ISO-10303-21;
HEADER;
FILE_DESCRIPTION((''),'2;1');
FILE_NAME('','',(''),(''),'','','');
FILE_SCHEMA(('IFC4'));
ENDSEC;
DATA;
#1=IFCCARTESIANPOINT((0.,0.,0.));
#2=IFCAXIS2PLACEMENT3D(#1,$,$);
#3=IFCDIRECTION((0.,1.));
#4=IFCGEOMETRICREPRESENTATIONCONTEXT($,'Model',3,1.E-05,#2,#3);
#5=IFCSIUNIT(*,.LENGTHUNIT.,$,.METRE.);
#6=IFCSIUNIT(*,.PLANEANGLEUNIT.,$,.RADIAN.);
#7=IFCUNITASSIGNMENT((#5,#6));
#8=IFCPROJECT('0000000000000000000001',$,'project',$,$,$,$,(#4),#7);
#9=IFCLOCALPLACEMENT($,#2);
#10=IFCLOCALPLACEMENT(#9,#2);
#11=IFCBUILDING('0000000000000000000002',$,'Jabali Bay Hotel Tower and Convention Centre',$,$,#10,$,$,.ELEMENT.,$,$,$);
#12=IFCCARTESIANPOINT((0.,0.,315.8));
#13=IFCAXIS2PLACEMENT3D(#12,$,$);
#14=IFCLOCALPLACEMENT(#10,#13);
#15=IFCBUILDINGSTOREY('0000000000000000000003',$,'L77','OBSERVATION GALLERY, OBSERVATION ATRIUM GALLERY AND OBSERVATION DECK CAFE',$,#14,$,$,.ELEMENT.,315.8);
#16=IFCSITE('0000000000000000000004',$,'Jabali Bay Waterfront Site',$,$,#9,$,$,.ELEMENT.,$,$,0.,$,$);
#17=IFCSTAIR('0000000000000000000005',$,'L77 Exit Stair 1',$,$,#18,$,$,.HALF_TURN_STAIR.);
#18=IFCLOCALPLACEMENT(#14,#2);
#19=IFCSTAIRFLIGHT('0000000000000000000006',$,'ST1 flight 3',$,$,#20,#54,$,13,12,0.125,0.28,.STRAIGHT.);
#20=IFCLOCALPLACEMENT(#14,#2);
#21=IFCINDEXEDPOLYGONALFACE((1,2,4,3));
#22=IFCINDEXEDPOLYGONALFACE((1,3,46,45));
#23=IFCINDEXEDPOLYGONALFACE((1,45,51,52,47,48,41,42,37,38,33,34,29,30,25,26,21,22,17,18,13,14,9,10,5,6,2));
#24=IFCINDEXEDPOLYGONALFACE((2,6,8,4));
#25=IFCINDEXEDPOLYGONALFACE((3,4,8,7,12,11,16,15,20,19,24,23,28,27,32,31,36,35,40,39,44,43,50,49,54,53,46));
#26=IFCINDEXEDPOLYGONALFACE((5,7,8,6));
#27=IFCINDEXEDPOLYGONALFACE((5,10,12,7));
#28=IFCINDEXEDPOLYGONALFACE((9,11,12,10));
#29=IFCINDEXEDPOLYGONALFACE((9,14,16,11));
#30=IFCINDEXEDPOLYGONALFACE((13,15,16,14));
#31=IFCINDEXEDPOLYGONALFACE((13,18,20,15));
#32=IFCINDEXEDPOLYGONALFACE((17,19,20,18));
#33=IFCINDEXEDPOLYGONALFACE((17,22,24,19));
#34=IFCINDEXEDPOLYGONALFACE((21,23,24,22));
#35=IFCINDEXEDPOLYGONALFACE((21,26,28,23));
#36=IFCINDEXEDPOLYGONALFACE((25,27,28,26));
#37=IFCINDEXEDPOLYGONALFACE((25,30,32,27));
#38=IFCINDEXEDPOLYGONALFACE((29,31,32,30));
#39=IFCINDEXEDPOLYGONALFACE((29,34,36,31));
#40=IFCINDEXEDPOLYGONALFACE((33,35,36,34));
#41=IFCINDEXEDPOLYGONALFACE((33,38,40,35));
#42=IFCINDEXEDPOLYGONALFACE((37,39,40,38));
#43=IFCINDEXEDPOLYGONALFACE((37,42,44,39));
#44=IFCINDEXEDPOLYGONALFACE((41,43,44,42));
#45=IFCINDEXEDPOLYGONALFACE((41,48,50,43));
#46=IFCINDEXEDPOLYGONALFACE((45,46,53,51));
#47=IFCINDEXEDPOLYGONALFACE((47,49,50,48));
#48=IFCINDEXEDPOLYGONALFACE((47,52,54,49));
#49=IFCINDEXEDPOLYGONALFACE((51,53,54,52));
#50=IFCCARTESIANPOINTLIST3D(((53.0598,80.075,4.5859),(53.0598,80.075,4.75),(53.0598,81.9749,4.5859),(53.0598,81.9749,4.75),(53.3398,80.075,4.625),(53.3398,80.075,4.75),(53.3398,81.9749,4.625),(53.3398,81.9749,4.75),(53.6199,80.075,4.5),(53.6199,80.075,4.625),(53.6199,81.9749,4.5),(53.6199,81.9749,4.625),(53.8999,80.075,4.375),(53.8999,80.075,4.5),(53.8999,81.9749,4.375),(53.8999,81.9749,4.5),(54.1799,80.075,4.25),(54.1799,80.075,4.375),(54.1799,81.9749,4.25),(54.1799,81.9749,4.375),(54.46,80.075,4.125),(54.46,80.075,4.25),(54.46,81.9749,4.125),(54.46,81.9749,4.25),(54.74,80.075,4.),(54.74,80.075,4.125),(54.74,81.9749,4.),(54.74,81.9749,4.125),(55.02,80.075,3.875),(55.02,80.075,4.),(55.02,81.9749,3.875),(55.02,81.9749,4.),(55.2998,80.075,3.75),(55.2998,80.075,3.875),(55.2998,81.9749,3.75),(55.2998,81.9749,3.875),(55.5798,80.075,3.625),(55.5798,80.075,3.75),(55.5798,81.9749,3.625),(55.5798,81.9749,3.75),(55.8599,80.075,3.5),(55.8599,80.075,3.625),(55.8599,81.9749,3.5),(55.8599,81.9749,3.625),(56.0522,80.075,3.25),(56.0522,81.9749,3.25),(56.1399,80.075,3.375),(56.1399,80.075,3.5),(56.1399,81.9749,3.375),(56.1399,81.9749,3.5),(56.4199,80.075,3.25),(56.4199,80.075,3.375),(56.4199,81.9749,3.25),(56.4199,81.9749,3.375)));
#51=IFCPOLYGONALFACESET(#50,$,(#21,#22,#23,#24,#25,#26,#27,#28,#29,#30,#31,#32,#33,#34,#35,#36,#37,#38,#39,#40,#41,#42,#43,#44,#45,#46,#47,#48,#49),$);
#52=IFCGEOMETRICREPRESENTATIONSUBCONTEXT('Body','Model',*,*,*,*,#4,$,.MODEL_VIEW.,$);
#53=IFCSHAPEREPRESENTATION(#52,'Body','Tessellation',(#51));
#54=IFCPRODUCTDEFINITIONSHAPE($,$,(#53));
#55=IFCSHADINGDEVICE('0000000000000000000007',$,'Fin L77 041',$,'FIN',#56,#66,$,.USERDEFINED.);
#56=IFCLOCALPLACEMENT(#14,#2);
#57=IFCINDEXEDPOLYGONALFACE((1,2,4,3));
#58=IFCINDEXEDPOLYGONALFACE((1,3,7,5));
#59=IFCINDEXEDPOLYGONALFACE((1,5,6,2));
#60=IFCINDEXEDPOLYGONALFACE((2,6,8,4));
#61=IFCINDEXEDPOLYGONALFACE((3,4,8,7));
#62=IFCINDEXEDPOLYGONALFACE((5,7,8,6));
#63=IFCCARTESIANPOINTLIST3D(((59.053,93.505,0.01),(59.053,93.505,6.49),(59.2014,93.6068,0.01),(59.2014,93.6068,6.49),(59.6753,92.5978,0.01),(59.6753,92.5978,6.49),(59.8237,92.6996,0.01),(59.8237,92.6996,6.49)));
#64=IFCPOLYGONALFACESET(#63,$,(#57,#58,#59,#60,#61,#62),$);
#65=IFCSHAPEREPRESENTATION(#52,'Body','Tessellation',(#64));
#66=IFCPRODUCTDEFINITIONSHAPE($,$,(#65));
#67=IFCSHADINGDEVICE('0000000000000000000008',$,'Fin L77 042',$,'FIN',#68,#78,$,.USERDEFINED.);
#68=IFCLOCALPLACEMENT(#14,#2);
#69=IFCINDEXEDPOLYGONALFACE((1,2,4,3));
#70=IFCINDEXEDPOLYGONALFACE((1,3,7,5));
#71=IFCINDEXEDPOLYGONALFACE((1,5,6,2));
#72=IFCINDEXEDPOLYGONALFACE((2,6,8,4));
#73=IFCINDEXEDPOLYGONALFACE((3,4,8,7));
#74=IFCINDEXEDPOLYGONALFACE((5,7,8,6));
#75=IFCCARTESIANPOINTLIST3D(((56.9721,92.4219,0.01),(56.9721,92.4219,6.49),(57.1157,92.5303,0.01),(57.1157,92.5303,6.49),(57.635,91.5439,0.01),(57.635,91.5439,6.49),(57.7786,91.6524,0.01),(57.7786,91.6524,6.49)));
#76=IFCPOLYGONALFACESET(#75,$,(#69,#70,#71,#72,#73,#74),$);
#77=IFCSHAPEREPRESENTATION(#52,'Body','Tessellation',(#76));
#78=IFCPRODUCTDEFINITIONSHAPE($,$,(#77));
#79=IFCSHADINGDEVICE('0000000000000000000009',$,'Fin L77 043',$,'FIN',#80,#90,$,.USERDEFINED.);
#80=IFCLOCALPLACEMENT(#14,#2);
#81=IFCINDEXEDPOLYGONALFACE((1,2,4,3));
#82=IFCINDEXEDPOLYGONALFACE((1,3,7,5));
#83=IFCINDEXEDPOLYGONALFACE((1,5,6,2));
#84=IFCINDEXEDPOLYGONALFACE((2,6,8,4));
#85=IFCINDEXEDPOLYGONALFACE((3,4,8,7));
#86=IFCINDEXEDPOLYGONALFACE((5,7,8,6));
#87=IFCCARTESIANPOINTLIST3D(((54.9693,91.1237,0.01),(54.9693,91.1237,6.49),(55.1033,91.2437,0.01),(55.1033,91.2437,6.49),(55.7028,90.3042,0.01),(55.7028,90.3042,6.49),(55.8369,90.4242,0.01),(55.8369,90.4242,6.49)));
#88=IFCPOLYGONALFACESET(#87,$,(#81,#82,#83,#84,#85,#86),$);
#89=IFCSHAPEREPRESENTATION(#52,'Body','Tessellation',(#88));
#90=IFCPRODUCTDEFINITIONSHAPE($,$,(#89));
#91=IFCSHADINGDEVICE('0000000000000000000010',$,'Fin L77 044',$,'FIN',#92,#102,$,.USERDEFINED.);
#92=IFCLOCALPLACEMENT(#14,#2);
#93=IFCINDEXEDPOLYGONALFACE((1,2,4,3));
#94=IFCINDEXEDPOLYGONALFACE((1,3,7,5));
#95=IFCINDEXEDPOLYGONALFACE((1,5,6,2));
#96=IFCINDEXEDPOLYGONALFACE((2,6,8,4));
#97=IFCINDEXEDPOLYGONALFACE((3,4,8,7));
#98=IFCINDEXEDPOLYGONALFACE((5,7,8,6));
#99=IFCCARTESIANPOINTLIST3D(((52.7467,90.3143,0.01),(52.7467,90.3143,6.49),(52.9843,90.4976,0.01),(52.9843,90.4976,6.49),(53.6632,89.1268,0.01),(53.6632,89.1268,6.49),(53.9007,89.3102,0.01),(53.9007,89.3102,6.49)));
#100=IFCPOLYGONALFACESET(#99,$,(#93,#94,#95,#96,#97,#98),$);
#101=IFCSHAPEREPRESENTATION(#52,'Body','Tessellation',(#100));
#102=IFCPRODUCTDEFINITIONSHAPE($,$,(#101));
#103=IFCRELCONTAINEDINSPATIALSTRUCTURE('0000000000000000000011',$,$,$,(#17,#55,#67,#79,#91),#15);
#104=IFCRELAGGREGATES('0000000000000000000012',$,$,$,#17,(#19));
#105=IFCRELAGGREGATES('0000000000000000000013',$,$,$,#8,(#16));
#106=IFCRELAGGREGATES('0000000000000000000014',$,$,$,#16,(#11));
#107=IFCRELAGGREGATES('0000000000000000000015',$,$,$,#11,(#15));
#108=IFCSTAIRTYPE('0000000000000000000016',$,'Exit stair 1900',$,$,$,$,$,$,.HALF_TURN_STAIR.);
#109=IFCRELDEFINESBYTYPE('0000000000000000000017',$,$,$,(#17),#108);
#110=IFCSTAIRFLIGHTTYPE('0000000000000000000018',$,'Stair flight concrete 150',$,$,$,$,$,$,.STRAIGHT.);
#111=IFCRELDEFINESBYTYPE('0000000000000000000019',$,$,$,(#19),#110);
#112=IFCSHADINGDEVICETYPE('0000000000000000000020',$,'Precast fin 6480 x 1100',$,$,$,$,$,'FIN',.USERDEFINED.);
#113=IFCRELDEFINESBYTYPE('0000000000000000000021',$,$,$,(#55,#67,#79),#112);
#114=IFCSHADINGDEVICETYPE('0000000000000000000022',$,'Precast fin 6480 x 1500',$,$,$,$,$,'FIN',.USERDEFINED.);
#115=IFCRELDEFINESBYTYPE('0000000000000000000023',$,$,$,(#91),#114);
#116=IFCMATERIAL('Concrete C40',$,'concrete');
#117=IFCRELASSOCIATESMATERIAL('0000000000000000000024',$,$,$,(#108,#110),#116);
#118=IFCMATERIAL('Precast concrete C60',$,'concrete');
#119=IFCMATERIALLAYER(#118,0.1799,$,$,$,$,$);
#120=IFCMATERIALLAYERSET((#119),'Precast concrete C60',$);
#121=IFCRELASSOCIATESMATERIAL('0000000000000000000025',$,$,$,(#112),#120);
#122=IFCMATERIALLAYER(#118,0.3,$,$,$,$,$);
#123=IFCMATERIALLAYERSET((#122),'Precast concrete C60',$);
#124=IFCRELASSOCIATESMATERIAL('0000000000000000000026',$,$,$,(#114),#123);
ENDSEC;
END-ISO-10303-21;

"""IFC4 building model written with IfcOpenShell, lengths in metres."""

from ifc_helpers import new_model, si_unit, direction, frame, frame_2d, origin, place, context, subcontext, project, spatial, polyline, rectangle, outline, extrude, material, layer, layer_set, type_object, element, aggregate, save


model = new_model("IFC4")

# Units and contexts
model_context = context("Model", 3, precision=1e-05, world=origin(), true_north=direction((0.0, 1.0)))
body_context = subcontext(model_context, "Body", "Model", "MODEL_VIEW")
ifc_project = project(units=[si_unit("LENGTHUNIT", "METRE"), si_unit("PLANEANGLEUNIT", "RADIAN")], contexts=[model_context])

# Site, building, storey
site_placement = place(None, origin())
site = spatial("IfcSite", under=ifc_project, at=site_placement, Name="Jabali Bay Waterfront Site", CompositionType="ELEMENT", RefElevation=0.0)
building_placement = place(site_placement, origin())
building = spatial("IfcBuilding", under=site, at=building_placement, Name="Jabali Bay Hotel Tower and Convention Centre", CompositionType="ELEMENT")
storey_placement = place(building_placement, frame((0.0, 0.0, 315.8)))
storey = spatial("IfcBuildingStorey", under=building, at=storey_placement, Name="L77", Description="OBSERVATION GALLERY, OBSERVATION ATRIUM GALLERY AND OBSERVATION DECK CAFE", CompositionType="ELEMENT", Elevation=315.8)

# Shared definitions
ifc_material_1 = material(Name="Concrete C40", Category="concrete")

# Stair, stair flight
stair_type = type_object("IfcStairType", Name="Exit stair 1900", PredefinedType="HALF_TURN_STAIR", material=ifc_material_1)
stair_placement = place(storey_placement, origin())
stair = element("IfcStair", 1, at=stair_placement, inside=storey, type_object=stair_type, Name="L77 Exit Stair 1", PredefinedType="HALF_TURN_STAIR")
stair_flight_type = type_object("IfcStairFlightType", Name="Stair flight concrete 150", PredefinedType="STRAIGHT", material=ifc_material_1)
stair_flight_1_placement = place(storey_placement, frame((56.4199, 81.0249, 3.25), z_axis=(0.0, 0.0, 1.0), x_axis=(-1.0, 0.0, 0.0)))
stair_flight_1 = element("IfcStairFlight", 2, at=stair_flight_1_placement, type_object=stair_flight_type, Name="ST1 flight 3", NumberOfRisers=13, NumberOfTreads=12, PredefinedType="STRAIGHT", RiserHeight=0.125, TreadLength=0.28, context=body_context, shape_type="SweptSolid", body=[
    extrude(outline(polyline([(0.0, 0.0), (0.0, 0.125), (0.28, 0.125), (0.28, 0.25), (0.5601, 0.25), (0.5601, 0.375), (0.8401, 0.375), (0.8401, 0.5), (1.1201, 0.5), (1.1201, 0.625), (1.3999, 0.625), (1.3999, 0.75), (1.6799, 0.75), (1.6799, 0.875), (1.96, 0.875), (1.96, 1.0), (2.24, 1.0), (2.24, 1.125), (2.52, 1.125), (2.52, 1.25), (2.8, 1.25), (2.8, 1.375), (3.0801, 1.375), (3.0801, 1.5), (3.3601, 1.5), (3.3601, 1.625), (3.3601, 1.3359), (0.3677, 0.0), (0.0, 0.0)])), frame((0.0, 0.95, 0.0), z_axis=(0.0, -1.0, 0.0), x_axis=(1.0, 0.0, 0.0)), (0.0, 0.0, 1.0), 1.8999),
])
aggregate(stair, [stair_flight_1])

# Shading devices
ifc_material_2 = material(Name="Precast concrete C60", Category="concrete")
ifc_layer_1 = layer(ifc_material_2, 0.1799)
ifc_layer_set_1 = layer_set([ifc_layer_1], Name="Precast concrete C60")
shading_device_type_1 = type_object("IfcShadingDeviceType", Name="Precast fin 6480 x 1100", ElementType="FIN", PredefinedType="USERDEFINED", material=ifc_layer_set_1)
for number, where, z_axis, x_axis, name in (
    (3, (59.7495, 92.6487, 0.01), (0.0, 0.0, 1.0), (-0.565662, 0.824637, 0.0), "Fin L77 041"),
    (4, (57.7068, 91.5981, 0.01), (0.0, 0.0, 1.0), (-0.602554, 0.798078, 0.0), "Fin L77 042"),
):
    element("IfcShadingDevice", number, at=place(storey_placement, frame(where, z_axis=z_axis, x_axis=x_axis)), inside=storey, type_object=shading_device_type_1, Name=name, ObjectType="FIN", PredefinedType="USERDEFINED", context=body_context, shape_type="SweptSolid", body=[
        extrude(rectangle(XDim=1.1001, YDim=0.1799, at=frame_2d((0.55, 0.0))), origin(), (0.0, 0.0, 1.0), 6.48),
    ])
shading_device_1_placement = place(storey_placement, frame((55.7698, 90.3643, 0.01), z_axis=(0.0, 0.0, 1.0), x_axis=(-0.666964, 0.74509, 0.0)))
element("IfcShadingDevice", 5, at=shading_device_1_placement, inside=storey, type_object=shading_device_type_1, Name="Fin L77 043", ObjectType="FIN", PredefinedType="USERDEFINED", context=body_context, shape_type="SweptSolid", body=[
    extrude(rectangle(XDim=1.0999, YDim=0.1799, at=frame_2d((0.5498, 0.0))), origin(), (0.0, 0.0, 1.0), 6.48),
])
ifc_layer_2 = layer(ifc_material_2, 0.3)
ifc_layer_set_2 = layer_set([ifc_layer_2], Name="Precast concrete C60")
shading_device_type_2 = type_object("IfcShadingDeviceType", Name="Precast fin 6480 x 1500", ElementType="FIN", PredefinedType="USERDEFINED", material=ifc_layer_set_2)
shading_device_2_placement = place(storey_placement, frame((53.782, 89.2185, 0.01), z_axis=(0.0, 0.0, 1.0), x_axis=(-0.610984, 0.791643, 0.0)))
element("IfcShadingDevice", 6, at=shading_device_2_placement, inside=storey, type_object=shading_device_type_2, Name="Fin L77 044", ObjectType="FIN", PredefinedType="USERDEFINED", context=body_context, shape_type="SweptSolid", body=[
    extrude(rectangle(XDim=1.5, YDim=0.3, at=frame_2d((0.75, 0.0))), origin(), (0.0, 0.0, 1.0), 6.48),
])

save(model, "model.ifc")
